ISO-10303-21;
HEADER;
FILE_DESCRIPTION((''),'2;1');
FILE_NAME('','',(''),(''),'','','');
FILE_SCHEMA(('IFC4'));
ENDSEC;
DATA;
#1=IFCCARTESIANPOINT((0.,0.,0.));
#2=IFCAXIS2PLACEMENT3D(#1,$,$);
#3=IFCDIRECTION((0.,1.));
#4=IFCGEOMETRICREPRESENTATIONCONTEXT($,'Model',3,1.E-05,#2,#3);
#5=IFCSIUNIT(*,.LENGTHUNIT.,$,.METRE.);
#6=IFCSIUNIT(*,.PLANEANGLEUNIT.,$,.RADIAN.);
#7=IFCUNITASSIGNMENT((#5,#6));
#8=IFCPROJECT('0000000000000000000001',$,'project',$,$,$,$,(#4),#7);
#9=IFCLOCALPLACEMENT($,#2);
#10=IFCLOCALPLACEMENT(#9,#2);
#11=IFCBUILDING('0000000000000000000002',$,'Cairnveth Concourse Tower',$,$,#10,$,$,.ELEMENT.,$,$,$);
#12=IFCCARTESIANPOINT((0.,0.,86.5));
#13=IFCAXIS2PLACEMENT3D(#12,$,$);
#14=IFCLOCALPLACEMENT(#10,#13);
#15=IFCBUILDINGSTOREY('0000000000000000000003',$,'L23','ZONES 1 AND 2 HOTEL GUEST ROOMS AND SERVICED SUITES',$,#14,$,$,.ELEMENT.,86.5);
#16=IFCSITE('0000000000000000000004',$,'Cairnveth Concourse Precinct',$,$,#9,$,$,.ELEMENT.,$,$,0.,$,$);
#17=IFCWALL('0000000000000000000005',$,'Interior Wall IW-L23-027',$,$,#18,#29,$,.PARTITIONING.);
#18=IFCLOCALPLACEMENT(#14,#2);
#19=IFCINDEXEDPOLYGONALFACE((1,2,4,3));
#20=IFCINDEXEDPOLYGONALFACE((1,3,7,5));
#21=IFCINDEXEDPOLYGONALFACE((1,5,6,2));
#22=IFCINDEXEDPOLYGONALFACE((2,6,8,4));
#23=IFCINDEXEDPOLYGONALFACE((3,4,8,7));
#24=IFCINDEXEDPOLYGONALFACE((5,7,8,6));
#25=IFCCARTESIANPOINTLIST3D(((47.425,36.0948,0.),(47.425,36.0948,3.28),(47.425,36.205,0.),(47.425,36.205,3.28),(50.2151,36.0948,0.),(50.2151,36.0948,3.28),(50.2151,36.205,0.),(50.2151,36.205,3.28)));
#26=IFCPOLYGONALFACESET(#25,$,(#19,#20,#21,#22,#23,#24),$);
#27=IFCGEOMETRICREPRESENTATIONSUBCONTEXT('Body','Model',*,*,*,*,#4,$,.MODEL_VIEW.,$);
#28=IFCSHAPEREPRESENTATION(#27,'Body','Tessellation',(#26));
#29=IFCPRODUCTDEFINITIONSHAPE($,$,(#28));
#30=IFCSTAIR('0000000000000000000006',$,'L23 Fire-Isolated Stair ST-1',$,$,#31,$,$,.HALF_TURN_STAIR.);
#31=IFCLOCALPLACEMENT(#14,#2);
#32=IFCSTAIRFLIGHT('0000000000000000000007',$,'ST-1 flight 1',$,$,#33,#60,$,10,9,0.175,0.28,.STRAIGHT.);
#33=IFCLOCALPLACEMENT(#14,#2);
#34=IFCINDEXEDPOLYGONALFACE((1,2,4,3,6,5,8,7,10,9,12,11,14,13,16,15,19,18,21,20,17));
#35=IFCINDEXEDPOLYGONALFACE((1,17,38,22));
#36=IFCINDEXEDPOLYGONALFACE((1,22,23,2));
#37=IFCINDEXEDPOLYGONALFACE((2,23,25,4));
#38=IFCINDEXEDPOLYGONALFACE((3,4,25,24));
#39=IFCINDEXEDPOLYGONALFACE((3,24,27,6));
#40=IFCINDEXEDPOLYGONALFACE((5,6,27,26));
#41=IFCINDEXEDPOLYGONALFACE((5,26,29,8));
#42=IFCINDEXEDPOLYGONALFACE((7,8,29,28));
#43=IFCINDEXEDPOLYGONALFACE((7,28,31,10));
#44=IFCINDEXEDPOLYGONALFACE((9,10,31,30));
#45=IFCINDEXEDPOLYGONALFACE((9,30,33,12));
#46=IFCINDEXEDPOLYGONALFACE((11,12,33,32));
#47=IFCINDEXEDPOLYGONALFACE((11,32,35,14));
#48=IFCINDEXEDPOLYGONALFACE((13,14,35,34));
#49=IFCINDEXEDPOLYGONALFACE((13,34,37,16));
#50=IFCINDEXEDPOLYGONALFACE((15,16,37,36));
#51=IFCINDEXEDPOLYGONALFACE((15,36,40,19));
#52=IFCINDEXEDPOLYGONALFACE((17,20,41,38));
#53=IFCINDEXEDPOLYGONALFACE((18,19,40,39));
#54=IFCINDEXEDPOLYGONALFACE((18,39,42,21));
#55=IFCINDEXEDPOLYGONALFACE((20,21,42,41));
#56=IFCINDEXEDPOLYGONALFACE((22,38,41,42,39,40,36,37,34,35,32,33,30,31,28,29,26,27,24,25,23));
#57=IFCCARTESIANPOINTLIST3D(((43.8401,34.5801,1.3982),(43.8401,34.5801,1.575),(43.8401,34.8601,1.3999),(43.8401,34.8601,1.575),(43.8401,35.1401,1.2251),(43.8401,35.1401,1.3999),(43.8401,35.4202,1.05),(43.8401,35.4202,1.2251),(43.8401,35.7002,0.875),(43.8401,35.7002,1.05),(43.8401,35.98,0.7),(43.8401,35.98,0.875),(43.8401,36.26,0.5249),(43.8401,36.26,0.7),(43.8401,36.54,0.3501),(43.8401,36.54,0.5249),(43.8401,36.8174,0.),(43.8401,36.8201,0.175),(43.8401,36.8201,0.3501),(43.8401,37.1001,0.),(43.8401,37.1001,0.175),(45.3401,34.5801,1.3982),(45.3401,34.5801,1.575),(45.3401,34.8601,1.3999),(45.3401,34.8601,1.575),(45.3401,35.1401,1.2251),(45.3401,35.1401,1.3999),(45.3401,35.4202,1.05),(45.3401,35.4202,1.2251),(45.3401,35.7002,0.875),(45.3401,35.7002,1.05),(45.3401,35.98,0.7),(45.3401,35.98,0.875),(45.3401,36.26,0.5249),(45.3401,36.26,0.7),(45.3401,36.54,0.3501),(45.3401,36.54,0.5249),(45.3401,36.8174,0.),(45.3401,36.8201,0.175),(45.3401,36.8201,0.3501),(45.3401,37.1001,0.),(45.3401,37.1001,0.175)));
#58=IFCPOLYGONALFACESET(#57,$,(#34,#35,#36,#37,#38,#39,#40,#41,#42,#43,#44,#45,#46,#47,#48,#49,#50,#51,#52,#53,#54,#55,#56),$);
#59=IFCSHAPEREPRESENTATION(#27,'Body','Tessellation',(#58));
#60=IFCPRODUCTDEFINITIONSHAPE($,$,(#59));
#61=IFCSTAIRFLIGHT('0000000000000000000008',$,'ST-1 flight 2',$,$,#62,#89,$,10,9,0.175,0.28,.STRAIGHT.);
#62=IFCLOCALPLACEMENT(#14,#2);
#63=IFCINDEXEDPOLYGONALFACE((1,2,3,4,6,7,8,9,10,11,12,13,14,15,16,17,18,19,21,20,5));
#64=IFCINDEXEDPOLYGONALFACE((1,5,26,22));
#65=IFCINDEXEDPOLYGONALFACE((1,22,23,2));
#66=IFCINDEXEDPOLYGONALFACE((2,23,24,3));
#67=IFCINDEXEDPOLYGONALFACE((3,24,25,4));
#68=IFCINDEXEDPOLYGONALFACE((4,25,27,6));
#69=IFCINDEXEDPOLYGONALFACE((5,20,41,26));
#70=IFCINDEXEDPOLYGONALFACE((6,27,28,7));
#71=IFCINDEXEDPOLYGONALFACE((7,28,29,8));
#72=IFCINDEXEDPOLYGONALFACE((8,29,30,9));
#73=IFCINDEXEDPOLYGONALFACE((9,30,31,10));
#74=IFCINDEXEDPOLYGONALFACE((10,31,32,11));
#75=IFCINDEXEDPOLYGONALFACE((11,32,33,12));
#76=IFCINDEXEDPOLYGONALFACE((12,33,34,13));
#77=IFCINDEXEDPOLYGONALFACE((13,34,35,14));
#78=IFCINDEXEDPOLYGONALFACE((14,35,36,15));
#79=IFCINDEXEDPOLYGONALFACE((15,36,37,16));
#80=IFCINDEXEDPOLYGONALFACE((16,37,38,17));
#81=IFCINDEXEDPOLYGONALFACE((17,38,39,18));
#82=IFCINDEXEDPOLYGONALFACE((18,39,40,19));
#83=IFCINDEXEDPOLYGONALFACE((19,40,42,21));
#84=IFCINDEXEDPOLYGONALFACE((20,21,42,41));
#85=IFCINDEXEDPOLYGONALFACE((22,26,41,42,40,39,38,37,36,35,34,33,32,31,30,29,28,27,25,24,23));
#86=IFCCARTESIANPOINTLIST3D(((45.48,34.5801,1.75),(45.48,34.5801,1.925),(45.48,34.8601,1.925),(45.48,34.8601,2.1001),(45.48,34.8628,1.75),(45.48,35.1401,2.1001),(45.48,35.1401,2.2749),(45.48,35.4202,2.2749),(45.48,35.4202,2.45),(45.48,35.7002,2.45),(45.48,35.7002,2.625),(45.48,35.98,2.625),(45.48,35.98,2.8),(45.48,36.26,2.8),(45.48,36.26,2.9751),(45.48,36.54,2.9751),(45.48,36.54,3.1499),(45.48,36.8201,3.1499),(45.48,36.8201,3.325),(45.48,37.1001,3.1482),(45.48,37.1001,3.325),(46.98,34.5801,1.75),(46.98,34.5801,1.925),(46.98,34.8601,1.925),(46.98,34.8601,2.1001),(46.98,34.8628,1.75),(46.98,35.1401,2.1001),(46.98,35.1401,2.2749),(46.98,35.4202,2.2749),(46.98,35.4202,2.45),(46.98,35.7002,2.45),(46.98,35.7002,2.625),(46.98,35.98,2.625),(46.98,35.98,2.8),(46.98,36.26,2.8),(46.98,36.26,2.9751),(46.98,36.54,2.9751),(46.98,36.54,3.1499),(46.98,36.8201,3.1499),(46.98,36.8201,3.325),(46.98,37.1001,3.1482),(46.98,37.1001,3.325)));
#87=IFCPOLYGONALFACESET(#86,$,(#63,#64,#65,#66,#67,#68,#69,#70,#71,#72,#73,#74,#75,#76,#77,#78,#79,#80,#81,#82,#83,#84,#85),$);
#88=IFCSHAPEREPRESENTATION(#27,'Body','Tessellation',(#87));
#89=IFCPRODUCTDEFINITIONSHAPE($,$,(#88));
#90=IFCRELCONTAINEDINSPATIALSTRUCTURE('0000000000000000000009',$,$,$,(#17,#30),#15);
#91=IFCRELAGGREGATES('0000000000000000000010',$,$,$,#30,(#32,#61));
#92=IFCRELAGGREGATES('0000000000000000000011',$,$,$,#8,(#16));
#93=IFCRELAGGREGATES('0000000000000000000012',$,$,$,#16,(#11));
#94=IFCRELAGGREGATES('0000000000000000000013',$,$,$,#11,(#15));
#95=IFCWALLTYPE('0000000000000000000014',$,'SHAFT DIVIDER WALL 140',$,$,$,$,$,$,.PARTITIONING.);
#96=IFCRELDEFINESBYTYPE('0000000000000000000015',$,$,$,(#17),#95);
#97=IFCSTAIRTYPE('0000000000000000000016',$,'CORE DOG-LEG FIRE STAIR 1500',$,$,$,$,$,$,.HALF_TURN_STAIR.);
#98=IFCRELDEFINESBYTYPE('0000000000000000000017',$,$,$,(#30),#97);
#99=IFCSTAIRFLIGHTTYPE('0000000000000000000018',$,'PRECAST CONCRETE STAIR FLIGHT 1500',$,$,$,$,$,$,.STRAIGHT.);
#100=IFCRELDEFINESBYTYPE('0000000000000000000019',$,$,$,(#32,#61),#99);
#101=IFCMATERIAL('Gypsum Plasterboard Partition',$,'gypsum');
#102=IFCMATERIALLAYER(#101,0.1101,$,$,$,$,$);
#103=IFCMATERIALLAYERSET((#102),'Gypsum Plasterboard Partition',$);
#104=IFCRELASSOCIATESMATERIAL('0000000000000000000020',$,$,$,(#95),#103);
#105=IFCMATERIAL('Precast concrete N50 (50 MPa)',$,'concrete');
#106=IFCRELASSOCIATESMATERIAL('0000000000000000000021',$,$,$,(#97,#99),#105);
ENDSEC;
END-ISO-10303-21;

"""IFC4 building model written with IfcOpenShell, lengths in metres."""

from ifc_helpers import new_model, si_unit, direction, frame, frame_2d, origin, place, context, subcontext, project, spatial, polyline, rectangle, outline, extrude, material, layer, layer_set, type_object, element, aggregate, save


model = new_model("IFC4")

# Units and contexts
model_context = context("Model", 3, precision=1e-05, world=origin(), true_north=direction((0.0, 1.0)))
body_context = subcontext(model_context, "Body", "Model", "MODEL_VIEW")
ifc_project = project(units=[si_unit("LENGTHUNIT", "METRE"), si_unit("PLANEANGLEUNIT", "RADIAN")], contexts=[model_context])

# Site, building, storey
site_placement = place(None, origin())
site = spatial("IfcSite", under=ifc_project, at=site_placement, Name="Cairnveth Concourse Precinct", CompositionType="ELEMENT", RefElevation=0.0)
building_placement = place(site_placement, origin())
building = spatial("IfcBuilding", under=site, at=building_placement, Name="Cairnveth Concourse Tower", CompositionType="ELEMENT")
storey_placement = place(building_placement, frame((0.0, 0.0, 86.5)))
storey = spatial("IfcBuildingStorey", under=building, at=storey_placement, Name="L23", Description="ZONES 1 AND 2 HOTEL GUEST ROOMS AND SERVICED SUITES", CompositionType="ELEMENT", Elevation=86.5)

# Wall
ifc_material_1 = material(Name="Gypsum Plasterboard Partition", Category="gypsum")
ifc_layer_1 = layer(ifc_material_1, 0.1101)
ifc_layer_set_1 = layer_set([ifc_layer_1], Name="Gypsum Plasterboard Partition")
wall_type_1 = type_object("IfcWallType", Name="SHAFT DIVIDER WALL 140", PredefinedType="PARTITIONING", material=ifc_layer_set_1)
for number, where, z_axis, x_axis, name in (
    (1, (47.425, 36.1499, 0.0), (0.0, 0.0, 1.0), (1.0, 0.0, 0.0), "Interior Wall IW-L23-027"),
):
    element("IfcWall", number, at=place(storey_placement, frame(where, z_axis=z_axis, x_axis=x_axis)), inside=storey, type_object=wall_type_1, Name=name, PredefinedType="PARTITIONING", context=body_context, shape_type="SweptSolid", body=[
        extrude(rectangle(XDim=2.79, YDim=0.1101, at=frame_2d((1.395, 0.0))), origin(), (0.0, 0.0, 1.0), 3.28),
    ])

# Stair, stair flights
ifc_material_2 = material(Name="Precast concrete N50 (50 MPa)", Category="concrete")
stair_type = type_object("IfcStairType", Name="CORE DOG-LEG FIRE STAIR 1500", PredefinedType="HALF_TURN_STAIR", material=ifc_material_2)
stair_placement = place(storey_placement, origin())
stair = element("IfcStair", 2, at=stair_placement, inside=storey, type_object=stair_type, Name="L23 Fire-Isolated Stair ST-1", PredefinedType="HALF_TURN_STAIR")
stair_flight_type = type_object("IfcStairFlightType", Name="PRECAST CONCRETE STAIR FLIGHT 1500", PredefinedType="STRAIGHT", material=ifc_material_2)
stair_flight_1_placement = place(storey_placement, frame((44.5901, 37.1001, 0.0), z_axis=(0.0, 0.0, 1.0), x_axis=(0.0, -1.0, 0.0)))
stair_flight_1 = element("IfcStairFlight", 3, at=stair_flight_1_placement, type_object=stair_flight_type, Name="ST-1 flight 1", NumberOfRisers=10, NumberOfTreads=9, PredefinedType="STRAIGHT", RiserHeight=0.175, TreadLength=0.28, context=body_context, shape_type="SweptSolid", body=[
    extrude(outline(polyline([(0.0, 0.0), (0.0, 0.175), (0.28, 0.175), (0.28, 0.3501), (0.5601, 0.3501), (0.5601, 0.5249), (0.8401, 0.5249), (0.8401, 0.7), (1.1201, 0.7), (1.1201, 0.875), (1.3999, 0.875), (1.3999, 1.05), (1.6799, 1.05), (1.6799, 1.2251), (1.96, 1.2251), (1.96, 1.3999), (2.24, 1.3999), (2.24, 1.575), (2.52, 1.575), (2.52, 1.75), (2.52, 1.3982), (0.2827, 0.0), (0.0, 0.0)])), frame((0.0, 0.75, 0.0), z_axis=(0.0, -1.0, 0.0), x_axis=(1.0, 0.0, 0.0)), (0.0, 0.0, 1.0), 1.5),
])
stair_flight_2_placement = place(storey_placement, frame((46.23, 34.5801, 1.75), z_axis=(0.0, 0.0, 1.0), x_axis=(0.0, 1.0, 0.0)))
stair_flight_2 = element("IfcStairFlight", 4, at=stair_flight_2_placement, type_object=stair_flight_type, Name="ST-1 flight 2", NumberOfRisers=10, NumberOfTreads=9, PredefinedType="STRAIGHT", RiserHeight=0.175, TreadLength=0.28, context=body_context, shape_type="SweptSolid", body=[
    extrude(outline(polyline([(0.0, 0.0), (0.0, 0.175), (0.28, 0.175), (0.28, 0.3501), (0.5601, 0.3501), (0.5601, 0.5249), (0.8401, 0.5249), (0.8401, 0.7), (1.1201, 0.7), (1.1201, 0.875), (1.3999, 0.875), (1.3999, 1.05), (1.6799, 1.05), (1.6799, 1.2251), (1.96, 1.2251), (1.96, 1.3999), (2.24, 1.3999), (2.24, 1.575), (2.52, 1.575), (2.52, 1.75), (2.52, 1.3982), (0.2827, 0.0), (0.0, 0.0)])), frame((0.0, 0.75, 0.0), z_axis=(0.0, -1.0, 0.0), x_axis=(1.0, 0.0, 0.0)), (0.0, 0.0, 1.0), 1.5),
])
aggregate(stair, [stair_flight_1, stair_flight_2])

save(model, "model.ifc")
